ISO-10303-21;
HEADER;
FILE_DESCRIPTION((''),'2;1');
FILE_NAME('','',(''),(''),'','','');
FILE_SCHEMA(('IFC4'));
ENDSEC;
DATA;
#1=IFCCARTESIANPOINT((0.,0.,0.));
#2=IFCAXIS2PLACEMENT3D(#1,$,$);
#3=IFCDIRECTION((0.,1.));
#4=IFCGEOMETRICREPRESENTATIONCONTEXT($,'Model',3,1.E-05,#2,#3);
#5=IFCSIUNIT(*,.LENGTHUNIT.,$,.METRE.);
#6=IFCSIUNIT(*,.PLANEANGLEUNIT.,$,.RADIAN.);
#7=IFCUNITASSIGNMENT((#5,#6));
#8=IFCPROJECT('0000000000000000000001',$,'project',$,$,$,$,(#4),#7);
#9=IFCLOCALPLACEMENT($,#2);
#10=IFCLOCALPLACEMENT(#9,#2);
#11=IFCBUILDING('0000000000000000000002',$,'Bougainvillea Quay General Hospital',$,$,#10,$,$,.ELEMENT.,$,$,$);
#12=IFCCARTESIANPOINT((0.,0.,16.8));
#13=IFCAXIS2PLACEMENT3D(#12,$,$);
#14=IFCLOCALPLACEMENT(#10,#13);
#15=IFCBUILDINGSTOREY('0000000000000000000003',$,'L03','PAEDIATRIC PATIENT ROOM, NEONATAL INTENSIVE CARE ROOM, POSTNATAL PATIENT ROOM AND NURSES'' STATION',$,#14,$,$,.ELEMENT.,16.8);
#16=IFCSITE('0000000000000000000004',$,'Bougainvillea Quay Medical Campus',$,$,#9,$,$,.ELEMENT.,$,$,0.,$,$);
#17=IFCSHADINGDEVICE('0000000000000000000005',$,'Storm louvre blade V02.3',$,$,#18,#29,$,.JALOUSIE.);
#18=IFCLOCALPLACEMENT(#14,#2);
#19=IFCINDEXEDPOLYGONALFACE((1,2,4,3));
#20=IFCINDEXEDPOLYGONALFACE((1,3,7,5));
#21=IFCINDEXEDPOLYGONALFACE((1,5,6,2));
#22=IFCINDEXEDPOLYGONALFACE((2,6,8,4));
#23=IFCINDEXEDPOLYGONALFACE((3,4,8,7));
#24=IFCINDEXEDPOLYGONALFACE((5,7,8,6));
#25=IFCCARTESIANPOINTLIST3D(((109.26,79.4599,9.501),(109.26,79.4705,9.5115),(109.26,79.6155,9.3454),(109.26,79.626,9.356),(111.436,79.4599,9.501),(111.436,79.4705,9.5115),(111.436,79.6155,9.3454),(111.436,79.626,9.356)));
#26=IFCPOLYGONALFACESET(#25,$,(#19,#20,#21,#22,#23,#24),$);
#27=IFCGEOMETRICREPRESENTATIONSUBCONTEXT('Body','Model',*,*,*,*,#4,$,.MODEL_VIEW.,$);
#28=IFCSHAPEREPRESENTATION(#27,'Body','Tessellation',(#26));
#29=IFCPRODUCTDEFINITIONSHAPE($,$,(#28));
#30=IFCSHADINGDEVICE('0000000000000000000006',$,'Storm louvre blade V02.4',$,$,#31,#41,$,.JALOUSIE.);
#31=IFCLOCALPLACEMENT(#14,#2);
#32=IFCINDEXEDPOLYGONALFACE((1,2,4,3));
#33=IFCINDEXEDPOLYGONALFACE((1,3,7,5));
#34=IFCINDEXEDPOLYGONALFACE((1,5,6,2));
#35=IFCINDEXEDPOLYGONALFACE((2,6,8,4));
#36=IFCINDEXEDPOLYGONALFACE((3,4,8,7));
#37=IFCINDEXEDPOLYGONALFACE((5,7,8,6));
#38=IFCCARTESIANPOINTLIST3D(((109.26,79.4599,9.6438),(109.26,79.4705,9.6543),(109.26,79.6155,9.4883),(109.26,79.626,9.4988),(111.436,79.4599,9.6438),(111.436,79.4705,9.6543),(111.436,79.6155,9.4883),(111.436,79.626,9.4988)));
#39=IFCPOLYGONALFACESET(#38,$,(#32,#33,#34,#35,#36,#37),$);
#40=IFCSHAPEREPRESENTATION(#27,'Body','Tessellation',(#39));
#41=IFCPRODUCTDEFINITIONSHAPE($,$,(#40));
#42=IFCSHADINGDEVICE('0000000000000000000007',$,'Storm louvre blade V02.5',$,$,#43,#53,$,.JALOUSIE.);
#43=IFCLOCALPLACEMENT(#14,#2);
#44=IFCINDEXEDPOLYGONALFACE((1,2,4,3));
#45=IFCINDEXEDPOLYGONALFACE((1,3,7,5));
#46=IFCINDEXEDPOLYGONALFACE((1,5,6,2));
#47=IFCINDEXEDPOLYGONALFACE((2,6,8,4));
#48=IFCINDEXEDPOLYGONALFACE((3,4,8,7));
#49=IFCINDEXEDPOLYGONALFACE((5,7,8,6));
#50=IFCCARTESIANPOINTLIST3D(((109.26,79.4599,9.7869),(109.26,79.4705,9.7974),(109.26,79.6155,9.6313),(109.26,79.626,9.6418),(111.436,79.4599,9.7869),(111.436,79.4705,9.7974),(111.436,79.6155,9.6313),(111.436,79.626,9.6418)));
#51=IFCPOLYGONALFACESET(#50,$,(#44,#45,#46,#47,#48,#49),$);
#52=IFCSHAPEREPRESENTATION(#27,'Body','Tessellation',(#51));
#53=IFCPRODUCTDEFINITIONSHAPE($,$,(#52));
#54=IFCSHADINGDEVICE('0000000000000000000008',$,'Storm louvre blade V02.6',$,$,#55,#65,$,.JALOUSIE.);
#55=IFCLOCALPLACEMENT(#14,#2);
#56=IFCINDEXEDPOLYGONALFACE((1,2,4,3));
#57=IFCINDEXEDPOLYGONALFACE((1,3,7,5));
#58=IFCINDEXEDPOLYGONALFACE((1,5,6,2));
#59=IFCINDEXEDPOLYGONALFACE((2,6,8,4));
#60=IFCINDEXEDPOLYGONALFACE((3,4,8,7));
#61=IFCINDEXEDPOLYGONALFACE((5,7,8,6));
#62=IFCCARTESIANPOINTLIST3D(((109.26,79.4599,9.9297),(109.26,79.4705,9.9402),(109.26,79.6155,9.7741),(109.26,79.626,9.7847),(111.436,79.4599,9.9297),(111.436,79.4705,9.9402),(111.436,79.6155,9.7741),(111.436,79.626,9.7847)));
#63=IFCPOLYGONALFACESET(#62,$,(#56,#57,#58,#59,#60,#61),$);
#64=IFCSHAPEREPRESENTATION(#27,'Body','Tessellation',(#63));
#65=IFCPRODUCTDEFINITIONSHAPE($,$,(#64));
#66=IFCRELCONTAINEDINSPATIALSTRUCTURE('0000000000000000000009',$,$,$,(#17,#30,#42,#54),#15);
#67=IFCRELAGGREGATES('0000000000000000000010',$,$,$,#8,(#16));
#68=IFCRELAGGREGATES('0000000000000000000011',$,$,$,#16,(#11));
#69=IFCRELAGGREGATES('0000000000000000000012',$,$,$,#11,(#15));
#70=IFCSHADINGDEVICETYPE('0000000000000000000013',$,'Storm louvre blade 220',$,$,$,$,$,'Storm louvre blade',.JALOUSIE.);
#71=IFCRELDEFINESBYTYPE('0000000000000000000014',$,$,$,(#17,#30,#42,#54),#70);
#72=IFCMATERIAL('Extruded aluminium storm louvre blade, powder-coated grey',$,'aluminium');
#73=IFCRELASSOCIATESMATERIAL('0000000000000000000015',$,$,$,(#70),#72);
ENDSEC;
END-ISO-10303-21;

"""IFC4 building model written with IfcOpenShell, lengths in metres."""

from ifc_helpers import new_model, si_unit, direction, frame, origin, origin_2d, place, context, subcontext, project, spatial, rectangle, extrude, material, material_profile, profile_set, type_object, element, save


model = new_model("IFC4")

# Units and contexts
model_context = context("Model", 3, precision=1e-05, world=origin(), true_north=direction((0.0, 1.0)))
body_context = subcontext(model_context, "Body", "Model", "MODEL_VIEW")
ifc_project = project(units=[si_unit("LENGTHUNIT", "METRE"), si_unit("PLANEANGLEUNIT", "RADIAN")], contexts=[model_context])

# Site, building, storey
site_placement = place(None, origin())
site = spatial("IfcSite", under=ifc_project, at=site_placement, Name="Bougainvillea Quay Medical Campus", CompositionType="ELEMENT", RefElevation=0.0)
building_placement = place(site_placement, origin())
building = spatial("IfcBuilding", under=site, at=building_placement, Name="Bougainvillea Quay General Hospital", CompositionType="ELEMENT")
storey_placement = place(building_placement, frame((0.0, 0.0, 16.8)))
storey = spatial("IfcBuildingStorey", under=building, at=storey_placement, Name="L03", Description="PAEDIATRIC PATIENT ROOM, NEONATAL INTENSIVE CARE ROOM, POSTNATAL PATIENT ROOM AND NURSES' STATION", CompositionType="ELEMENT", Elevation=16.8)

# Shading devices
ifc_material_1 = material(Name="Extruded aluminium storm louvre blade, powder-coated grey", Category="aluminium")
ifc_material_profile_1 = material_profile(ifc_material_1, rectangle(XDim=0.22, YDim=0.0149, at=origin_2d()))
ifc_profile_set_1 = profile_set([ifc_material_profile_1], Name="Extruded aluminium storm louvre blade, powder-coated grey")
shading_device_type_1 = type_object("IfcShadingDeviceType", Name="Storm louvre blade 220", ElementType="Storm louvre blade", PredefinedType="JALOUSIE", material=ifc_profile_set_1)
for number, where, z_axis, x_axis, name in (
    (1, (111.436, 79.543, 9.4285), (-1.0, 0.0, 0.0), (0.0, -0.707107, 0.707107), "Storm louvre blade V02.3"),
    (2, (111.436, 79.543, 9.5713), (-1.0, 0.0, 0.0), (0.0, -0.707107, 0.707107), "Storm louvre blade V02.4"),
    (3, (111.436, 79.543, 9.7144), (-1.0, 0.0, 0.0), (0.0, -0.707107, 0.707107), "Storm louvre blade V02.5"),
    (4, (111.436, 79.543, 9.8572), (-1.0, 0.0, 0.0), (0.0, -0.707107, 0.707107), "Storm louvre blade V02.6"),
):
    element("IfcShadingDevice", number, at=place(storey_placement, frame(where, z_axis=z_axis, x_axis=x_axis)), inside=storey, type_object=shading_device_type_1, Name=name, PredefinedType="JALOUSIE", context=body_context, shape_type="SweptSolid", body=[
        extrude(rectangle(XDim=0.22, YDim=0.0149, at=origin_2d()), origin(), (0.0, 0.0, 1.0), 2.176),
    ])

save(model, "model.ifc")
